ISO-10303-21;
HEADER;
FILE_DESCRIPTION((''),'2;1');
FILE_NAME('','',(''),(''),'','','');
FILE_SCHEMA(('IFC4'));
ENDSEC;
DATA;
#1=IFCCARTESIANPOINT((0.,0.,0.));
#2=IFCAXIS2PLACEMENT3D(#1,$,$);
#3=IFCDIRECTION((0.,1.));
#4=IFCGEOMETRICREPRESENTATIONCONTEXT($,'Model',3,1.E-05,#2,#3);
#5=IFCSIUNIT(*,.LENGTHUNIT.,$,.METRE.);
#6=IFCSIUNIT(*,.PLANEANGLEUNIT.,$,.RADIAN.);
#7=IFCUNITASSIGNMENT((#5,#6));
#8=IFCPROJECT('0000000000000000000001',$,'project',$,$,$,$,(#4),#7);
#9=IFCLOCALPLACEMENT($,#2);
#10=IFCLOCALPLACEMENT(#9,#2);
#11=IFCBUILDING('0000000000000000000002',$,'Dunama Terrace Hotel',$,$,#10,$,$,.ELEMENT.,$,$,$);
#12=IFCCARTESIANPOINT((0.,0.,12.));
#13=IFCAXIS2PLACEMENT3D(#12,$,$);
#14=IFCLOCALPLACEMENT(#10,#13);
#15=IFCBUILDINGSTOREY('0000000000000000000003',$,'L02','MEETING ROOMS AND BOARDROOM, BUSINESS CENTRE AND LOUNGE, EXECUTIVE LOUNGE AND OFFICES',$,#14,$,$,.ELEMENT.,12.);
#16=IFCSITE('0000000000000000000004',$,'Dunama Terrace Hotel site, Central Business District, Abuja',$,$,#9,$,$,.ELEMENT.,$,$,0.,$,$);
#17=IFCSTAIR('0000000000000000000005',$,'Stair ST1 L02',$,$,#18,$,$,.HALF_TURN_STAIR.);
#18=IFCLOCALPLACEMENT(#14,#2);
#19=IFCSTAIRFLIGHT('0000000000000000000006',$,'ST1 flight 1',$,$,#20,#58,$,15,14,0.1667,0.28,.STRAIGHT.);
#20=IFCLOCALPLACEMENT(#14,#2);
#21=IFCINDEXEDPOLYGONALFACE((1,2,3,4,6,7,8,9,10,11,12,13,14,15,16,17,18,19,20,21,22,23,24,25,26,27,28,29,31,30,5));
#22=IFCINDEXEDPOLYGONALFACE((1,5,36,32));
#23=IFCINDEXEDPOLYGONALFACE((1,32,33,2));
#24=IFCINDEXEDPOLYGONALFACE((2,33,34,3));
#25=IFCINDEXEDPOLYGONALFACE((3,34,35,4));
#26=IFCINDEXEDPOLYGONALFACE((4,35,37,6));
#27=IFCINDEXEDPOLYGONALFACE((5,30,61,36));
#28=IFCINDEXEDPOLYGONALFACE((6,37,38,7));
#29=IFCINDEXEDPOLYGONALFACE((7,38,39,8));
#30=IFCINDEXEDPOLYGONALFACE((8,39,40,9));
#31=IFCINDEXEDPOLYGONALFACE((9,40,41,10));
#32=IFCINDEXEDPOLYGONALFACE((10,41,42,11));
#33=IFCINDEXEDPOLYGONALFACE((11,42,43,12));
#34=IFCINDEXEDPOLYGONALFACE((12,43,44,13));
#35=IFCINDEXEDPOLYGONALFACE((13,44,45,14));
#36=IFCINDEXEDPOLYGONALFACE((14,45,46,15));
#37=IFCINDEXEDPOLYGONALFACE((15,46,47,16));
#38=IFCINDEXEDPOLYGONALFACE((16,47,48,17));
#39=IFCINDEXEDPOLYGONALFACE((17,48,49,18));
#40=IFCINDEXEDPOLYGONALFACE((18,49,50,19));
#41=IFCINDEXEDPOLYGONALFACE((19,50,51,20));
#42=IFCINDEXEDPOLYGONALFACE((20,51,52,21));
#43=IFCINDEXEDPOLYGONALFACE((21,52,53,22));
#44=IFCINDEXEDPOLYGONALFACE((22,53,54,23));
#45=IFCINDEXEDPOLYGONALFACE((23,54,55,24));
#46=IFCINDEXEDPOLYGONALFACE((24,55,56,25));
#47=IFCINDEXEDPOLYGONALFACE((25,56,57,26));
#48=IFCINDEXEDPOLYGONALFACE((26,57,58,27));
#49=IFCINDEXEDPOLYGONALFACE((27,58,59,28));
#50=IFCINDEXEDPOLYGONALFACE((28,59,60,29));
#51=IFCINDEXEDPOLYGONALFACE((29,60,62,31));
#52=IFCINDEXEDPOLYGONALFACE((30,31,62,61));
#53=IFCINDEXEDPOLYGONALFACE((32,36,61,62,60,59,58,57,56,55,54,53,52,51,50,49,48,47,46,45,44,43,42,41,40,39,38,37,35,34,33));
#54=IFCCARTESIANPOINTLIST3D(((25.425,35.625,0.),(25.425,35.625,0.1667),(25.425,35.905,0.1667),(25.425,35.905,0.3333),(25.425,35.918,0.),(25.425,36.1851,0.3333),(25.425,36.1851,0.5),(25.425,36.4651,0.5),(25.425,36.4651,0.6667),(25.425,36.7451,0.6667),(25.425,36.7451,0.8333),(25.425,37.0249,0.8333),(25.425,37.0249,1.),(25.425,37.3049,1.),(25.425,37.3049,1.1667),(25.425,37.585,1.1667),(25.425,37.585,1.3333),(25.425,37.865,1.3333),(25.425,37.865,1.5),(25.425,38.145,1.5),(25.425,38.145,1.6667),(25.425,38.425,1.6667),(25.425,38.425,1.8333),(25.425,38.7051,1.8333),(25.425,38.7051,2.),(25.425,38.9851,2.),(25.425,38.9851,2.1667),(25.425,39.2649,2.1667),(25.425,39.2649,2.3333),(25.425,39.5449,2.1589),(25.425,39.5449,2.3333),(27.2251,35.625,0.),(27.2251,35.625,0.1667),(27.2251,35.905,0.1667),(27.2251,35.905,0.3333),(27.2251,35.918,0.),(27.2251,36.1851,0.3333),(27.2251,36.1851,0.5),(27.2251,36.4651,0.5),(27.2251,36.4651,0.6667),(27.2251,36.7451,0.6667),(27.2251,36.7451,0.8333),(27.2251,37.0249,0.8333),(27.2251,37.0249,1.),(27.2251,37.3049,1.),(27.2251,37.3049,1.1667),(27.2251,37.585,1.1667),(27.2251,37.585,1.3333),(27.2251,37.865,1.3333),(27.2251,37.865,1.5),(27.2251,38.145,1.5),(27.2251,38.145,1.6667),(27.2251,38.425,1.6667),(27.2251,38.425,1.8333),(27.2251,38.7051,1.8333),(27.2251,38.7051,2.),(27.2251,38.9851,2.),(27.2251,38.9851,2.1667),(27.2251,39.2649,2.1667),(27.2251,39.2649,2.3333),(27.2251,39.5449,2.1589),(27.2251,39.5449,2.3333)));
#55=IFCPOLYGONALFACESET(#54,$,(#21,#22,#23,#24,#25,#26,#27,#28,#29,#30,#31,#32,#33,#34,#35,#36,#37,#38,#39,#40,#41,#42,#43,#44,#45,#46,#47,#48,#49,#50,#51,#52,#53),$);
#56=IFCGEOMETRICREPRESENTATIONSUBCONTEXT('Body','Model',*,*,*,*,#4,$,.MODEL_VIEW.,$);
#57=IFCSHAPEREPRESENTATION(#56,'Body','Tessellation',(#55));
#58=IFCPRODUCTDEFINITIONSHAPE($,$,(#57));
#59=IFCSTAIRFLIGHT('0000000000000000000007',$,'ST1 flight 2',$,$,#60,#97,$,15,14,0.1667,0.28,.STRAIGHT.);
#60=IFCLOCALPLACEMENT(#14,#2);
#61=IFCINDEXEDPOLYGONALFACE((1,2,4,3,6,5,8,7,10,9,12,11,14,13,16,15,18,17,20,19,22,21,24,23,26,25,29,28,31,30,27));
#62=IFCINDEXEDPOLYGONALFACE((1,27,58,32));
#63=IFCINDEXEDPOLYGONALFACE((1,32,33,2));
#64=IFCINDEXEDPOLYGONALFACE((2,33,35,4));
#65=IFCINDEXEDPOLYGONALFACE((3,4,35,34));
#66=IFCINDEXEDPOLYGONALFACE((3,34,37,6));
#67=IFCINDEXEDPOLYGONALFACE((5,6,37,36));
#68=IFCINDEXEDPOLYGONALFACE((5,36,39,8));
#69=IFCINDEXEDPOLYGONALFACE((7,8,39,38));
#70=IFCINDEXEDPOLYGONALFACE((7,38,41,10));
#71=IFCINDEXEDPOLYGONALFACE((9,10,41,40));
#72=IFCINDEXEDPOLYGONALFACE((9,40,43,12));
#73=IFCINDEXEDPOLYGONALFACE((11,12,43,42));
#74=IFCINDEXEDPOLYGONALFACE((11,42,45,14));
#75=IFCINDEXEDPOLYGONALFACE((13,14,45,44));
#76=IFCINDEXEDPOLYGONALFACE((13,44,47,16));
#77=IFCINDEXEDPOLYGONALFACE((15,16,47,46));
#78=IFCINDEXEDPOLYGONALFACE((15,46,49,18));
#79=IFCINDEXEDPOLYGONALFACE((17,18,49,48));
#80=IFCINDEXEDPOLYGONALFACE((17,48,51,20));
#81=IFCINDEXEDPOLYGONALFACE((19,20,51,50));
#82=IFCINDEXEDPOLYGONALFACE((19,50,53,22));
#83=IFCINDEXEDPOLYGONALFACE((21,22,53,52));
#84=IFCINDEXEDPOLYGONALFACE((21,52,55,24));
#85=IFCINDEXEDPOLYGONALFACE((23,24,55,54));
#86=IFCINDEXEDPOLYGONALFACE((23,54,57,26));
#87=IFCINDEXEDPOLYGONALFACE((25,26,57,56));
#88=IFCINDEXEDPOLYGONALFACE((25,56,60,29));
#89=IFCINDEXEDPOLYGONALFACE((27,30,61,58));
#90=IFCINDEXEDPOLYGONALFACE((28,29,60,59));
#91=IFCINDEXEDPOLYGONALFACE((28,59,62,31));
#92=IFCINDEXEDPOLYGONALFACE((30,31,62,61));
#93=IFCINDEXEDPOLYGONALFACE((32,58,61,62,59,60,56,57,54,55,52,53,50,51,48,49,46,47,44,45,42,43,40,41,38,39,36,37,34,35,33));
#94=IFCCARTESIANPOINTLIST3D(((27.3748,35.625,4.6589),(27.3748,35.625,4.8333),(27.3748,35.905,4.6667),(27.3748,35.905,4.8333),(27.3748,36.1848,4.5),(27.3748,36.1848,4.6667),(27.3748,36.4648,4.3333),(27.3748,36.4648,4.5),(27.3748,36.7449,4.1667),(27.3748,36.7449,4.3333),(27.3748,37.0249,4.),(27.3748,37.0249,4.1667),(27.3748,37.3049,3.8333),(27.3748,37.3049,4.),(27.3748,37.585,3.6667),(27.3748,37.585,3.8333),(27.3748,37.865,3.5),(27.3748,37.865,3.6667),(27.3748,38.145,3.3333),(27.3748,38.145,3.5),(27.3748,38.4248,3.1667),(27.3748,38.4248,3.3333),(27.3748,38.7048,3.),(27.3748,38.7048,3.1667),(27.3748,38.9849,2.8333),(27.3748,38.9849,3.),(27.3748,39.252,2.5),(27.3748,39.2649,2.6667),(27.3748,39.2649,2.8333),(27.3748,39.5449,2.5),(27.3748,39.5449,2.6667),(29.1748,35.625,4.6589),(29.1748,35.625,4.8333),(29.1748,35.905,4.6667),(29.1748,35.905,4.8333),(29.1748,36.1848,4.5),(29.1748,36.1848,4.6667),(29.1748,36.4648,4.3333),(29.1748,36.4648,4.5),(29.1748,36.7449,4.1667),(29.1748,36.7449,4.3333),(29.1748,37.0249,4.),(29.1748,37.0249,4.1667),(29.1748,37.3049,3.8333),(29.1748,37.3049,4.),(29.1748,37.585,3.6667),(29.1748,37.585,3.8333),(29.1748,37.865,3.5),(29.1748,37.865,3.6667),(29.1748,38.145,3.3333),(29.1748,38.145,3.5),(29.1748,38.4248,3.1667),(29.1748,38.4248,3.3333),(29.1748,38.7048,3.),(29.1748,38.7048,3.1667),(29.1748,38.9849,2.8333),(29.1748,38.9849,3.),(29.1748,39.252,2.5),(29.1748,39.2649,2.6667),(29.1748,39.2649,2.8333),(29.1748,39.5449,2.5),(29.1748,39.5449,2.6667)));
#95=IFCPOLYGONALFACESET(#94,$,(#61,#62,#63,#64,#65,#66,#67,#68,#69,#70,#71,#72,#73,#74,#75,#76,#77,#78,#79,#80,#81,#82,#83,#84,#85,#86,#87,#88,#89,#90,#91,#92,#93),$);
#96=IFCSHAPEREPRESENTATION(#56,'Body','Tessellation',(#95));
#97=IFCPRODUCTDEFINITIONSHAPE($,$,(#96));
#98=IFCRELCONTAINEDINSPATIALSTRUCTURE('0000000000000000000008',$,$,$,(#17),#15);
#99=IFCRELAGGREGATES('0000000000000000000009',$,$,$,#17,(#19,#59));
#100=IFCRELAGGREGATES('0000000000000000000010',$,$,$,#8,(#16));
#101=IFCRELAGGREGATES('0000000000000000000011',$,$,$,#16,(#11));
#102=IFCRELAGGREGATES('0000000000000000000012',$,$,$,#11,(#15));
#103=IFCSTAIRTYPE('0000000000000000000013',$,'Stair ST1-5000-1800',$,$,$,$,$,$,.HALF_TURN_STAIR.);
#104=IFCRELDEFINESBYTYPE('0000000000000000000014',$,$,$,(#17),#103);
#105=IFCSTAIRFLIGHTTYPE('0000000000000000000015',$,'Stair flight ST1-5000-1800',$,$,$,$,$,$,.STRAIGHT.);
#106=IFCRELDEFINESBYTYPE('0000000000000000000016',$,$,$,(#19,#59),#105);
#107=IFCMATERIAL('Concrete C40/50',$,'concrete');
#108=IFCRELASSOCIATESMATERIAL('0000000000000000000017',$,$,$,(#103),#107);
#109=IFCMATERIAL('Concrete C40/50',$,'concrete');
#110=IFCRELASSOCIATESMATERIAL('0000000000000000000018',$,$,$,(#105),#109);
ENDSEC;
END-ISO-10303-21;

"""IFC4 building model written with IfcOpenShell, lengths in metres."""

from ifc_helpers import new_model, si_unit, direction, frame, origin, place, context, subcontext, project, spatial, polyline, outline, extrude, material, type_object, element, aggregate, save


model = new_model("IFC4")

# Units and contexts
model_context = context("Model", 3, precision=1e-05, world=origin(), true_north=direction((0.0, 1.0)))
body_context = subcontext(model_context, "Body", "Model", "MODEL_VIEW")
ifc_project = project(units=[si_unit("LENGTHUNIT", "METRE"), si_unit("PLANEANGLEUNIT", "RADIAN")], contexts=[model_context])

# Site, building, storey
site_placement = place(None, origin())
site = spatial("IfcSite", under=ifc_project, at=site_placement, Name="Dunama Terrace Hotel site, Central Business District, Abuja", CompositionType="ELEMENT", RefElevation=0.0)
building_placement = place(site_placement, origin())
building = spatial("IfcBuilding", under=site, at=building_placement, Name="Dunama Terrace Hotel", CompositionType="ELEMENT")
storey_placement = place(building_placement, frame((0.0, 0.0, 12.0)))
storey = spatial("IfcBuildingStorey", under=building, at=storey_placement, Name="L02", Description="MEETING ROOMS AND BOARDROOM, BUSINESS CENTRE AND LOUNGE, EXECUTIVE LOUNGE AND OFFICES", CompositionType="ELEMENT", Elevation=12.0)

# Stair, stair flights
ifc_material_1 = material(Name="Concrete C40/50", Category="concrete")
stair_type_1 = type_object("IfcStairType", Name="Stair ST1-5000-1800", PredefinedType="HALF_TURN_STAIR", material=ifc_material_1)
stair_1_placement = place(storey_placement, origin())
stair_1 = element("IfcStair", 1, at=stair_1_placement, inside=storey, type_object=stair_type_1, Name="Stair ST1 L02", PredefinedType="HALF_TURN_STAIR")
ifc_material_2 = material(Name="Concrete C40/50", Category="concrete")
stair_flight_type_1 = type_object("IfcStairFlightType", Name="Stair flight ST1-5000-1800", PredefinedType="STRAIGHT", material=ifc_material_2)
stair_flight_1_placement = place(storey_placement, frame((26.325, 35.625, 0.0), z_axis=(0.0, 0.0, 1.0), x_axis=(0.0, 1.0, 0.0)))
stair_flight_1 = element("IfcStairFlight", 2, at=stair_flight_1_placement, type_object=stair_flight_type_1, Name="ST1 flight 1", NumberOfRisers=15, NumberOfTreads=14, PredefinedType="STRAIGHT", RiserHeight=0.1667, TreadLength=0.28, context=body_context, shape_type="SweptSolid", body=[
    extrude(outline(polyline([(0.0, 0.0), (0.0, 0.1667), (0.28, 0.1667), (0.28, 0.3333), (0.5601, 0.3333), (0.5601, 0.5), (0.8401, 0.5), (0.8401, 0.6667), (1.1201, 0.6667), (1.1201, 0.8333), (1.3999, 0.8333), (1.3999, 1.0), (1.6799, 1.0), (1.6799, 1.1667), (1.96, 1.1667), (1.96, 1.3333), (2.24, 1.3333), (2.24, 1.5), (2.52, 1.5), (2.52, 1.6667), (2.8, 1.6667), (2.8, 1.8333), (3.0801, 1.8333), (3.0801, 2.0), (3.3601, 2.0), (3.3601, 2.1667), (3.6399, 2.1667), (3.6399, 2.3333), (3.9199, 2.3333), (3.9199, 2.5), (3.9199, 2.1589), (0.293, 0.0), (0.0, 0.0)])), frame((0.0, 0.8999, 0.0), z_axis=(0.0, -1.0, 0.0), x_axis=(1.0, 0.0, 0.0)), (0.0, 0.0, 1.0), 1.8),
])
stair_flight_2_placement = place(storey_placement, frame((28.2749, 39.5449, 2.5), z_axis=(0.0, 0.0, 1.0), x_axis=(0.0, -1.0, 0.0)))
stair_flight_2 = element("IfcStairFlight", 3, at=stair_flight_2_placement, type_object=stair_flight_type_1, Name="ST1 flight 2", NumberOfRisers=15, NumberOfTreads=14, PredefinedType="STRAIGHT", RiserHeight=0.1667, TreadLength=0.28, context=body_context, shape_type="SweptSolid", body=[
    extrude(outline(polyline([(0.0, 0.0), (0.0, 0.1667), (0.28, 0.1667), (0.28, 0.3333), (0.5601, 0.3333), (0.5601, 0.5), (0.8401, 0.5), (0.8401, 0.6667), (1.1201, 0.6667), (1.1201, 0.8333), (1.3999, 0.8333), (1.3999, 1.0), (1.6799, 1.0), (1.6799, 1.1667), (1.96, 1.1667), (1.96, 1.3333), (2.24, 1.3333), (2.24, 1.5), (2.52, 1.5), (2.52, 1.6667), (2.8, 1.6667), (2.8, 1.8333), (3.0801, 1.8333), (3.0801, 2.0), (3.3601, 2.0), (3.3601, 2.1667), (3.6399, 2.1667), (3.6399, 2.3333), (3.9199, 2.3333), (3.9199, 2.5), (3.9199, 2.1589), (0.293, 0.0), (0.0, 0.0)])), frame((0.0, 0.8999, 0.0), z_axis=(0.0, -1.0, 0.0), x_axis=(1.0, 0.0, 0.0)), (0.0, 0.0, 1.0), 1.8),
])
aggregate(stair_1, [stair_flight_1, stair_flight_2])

save(model, "model.ifc")
